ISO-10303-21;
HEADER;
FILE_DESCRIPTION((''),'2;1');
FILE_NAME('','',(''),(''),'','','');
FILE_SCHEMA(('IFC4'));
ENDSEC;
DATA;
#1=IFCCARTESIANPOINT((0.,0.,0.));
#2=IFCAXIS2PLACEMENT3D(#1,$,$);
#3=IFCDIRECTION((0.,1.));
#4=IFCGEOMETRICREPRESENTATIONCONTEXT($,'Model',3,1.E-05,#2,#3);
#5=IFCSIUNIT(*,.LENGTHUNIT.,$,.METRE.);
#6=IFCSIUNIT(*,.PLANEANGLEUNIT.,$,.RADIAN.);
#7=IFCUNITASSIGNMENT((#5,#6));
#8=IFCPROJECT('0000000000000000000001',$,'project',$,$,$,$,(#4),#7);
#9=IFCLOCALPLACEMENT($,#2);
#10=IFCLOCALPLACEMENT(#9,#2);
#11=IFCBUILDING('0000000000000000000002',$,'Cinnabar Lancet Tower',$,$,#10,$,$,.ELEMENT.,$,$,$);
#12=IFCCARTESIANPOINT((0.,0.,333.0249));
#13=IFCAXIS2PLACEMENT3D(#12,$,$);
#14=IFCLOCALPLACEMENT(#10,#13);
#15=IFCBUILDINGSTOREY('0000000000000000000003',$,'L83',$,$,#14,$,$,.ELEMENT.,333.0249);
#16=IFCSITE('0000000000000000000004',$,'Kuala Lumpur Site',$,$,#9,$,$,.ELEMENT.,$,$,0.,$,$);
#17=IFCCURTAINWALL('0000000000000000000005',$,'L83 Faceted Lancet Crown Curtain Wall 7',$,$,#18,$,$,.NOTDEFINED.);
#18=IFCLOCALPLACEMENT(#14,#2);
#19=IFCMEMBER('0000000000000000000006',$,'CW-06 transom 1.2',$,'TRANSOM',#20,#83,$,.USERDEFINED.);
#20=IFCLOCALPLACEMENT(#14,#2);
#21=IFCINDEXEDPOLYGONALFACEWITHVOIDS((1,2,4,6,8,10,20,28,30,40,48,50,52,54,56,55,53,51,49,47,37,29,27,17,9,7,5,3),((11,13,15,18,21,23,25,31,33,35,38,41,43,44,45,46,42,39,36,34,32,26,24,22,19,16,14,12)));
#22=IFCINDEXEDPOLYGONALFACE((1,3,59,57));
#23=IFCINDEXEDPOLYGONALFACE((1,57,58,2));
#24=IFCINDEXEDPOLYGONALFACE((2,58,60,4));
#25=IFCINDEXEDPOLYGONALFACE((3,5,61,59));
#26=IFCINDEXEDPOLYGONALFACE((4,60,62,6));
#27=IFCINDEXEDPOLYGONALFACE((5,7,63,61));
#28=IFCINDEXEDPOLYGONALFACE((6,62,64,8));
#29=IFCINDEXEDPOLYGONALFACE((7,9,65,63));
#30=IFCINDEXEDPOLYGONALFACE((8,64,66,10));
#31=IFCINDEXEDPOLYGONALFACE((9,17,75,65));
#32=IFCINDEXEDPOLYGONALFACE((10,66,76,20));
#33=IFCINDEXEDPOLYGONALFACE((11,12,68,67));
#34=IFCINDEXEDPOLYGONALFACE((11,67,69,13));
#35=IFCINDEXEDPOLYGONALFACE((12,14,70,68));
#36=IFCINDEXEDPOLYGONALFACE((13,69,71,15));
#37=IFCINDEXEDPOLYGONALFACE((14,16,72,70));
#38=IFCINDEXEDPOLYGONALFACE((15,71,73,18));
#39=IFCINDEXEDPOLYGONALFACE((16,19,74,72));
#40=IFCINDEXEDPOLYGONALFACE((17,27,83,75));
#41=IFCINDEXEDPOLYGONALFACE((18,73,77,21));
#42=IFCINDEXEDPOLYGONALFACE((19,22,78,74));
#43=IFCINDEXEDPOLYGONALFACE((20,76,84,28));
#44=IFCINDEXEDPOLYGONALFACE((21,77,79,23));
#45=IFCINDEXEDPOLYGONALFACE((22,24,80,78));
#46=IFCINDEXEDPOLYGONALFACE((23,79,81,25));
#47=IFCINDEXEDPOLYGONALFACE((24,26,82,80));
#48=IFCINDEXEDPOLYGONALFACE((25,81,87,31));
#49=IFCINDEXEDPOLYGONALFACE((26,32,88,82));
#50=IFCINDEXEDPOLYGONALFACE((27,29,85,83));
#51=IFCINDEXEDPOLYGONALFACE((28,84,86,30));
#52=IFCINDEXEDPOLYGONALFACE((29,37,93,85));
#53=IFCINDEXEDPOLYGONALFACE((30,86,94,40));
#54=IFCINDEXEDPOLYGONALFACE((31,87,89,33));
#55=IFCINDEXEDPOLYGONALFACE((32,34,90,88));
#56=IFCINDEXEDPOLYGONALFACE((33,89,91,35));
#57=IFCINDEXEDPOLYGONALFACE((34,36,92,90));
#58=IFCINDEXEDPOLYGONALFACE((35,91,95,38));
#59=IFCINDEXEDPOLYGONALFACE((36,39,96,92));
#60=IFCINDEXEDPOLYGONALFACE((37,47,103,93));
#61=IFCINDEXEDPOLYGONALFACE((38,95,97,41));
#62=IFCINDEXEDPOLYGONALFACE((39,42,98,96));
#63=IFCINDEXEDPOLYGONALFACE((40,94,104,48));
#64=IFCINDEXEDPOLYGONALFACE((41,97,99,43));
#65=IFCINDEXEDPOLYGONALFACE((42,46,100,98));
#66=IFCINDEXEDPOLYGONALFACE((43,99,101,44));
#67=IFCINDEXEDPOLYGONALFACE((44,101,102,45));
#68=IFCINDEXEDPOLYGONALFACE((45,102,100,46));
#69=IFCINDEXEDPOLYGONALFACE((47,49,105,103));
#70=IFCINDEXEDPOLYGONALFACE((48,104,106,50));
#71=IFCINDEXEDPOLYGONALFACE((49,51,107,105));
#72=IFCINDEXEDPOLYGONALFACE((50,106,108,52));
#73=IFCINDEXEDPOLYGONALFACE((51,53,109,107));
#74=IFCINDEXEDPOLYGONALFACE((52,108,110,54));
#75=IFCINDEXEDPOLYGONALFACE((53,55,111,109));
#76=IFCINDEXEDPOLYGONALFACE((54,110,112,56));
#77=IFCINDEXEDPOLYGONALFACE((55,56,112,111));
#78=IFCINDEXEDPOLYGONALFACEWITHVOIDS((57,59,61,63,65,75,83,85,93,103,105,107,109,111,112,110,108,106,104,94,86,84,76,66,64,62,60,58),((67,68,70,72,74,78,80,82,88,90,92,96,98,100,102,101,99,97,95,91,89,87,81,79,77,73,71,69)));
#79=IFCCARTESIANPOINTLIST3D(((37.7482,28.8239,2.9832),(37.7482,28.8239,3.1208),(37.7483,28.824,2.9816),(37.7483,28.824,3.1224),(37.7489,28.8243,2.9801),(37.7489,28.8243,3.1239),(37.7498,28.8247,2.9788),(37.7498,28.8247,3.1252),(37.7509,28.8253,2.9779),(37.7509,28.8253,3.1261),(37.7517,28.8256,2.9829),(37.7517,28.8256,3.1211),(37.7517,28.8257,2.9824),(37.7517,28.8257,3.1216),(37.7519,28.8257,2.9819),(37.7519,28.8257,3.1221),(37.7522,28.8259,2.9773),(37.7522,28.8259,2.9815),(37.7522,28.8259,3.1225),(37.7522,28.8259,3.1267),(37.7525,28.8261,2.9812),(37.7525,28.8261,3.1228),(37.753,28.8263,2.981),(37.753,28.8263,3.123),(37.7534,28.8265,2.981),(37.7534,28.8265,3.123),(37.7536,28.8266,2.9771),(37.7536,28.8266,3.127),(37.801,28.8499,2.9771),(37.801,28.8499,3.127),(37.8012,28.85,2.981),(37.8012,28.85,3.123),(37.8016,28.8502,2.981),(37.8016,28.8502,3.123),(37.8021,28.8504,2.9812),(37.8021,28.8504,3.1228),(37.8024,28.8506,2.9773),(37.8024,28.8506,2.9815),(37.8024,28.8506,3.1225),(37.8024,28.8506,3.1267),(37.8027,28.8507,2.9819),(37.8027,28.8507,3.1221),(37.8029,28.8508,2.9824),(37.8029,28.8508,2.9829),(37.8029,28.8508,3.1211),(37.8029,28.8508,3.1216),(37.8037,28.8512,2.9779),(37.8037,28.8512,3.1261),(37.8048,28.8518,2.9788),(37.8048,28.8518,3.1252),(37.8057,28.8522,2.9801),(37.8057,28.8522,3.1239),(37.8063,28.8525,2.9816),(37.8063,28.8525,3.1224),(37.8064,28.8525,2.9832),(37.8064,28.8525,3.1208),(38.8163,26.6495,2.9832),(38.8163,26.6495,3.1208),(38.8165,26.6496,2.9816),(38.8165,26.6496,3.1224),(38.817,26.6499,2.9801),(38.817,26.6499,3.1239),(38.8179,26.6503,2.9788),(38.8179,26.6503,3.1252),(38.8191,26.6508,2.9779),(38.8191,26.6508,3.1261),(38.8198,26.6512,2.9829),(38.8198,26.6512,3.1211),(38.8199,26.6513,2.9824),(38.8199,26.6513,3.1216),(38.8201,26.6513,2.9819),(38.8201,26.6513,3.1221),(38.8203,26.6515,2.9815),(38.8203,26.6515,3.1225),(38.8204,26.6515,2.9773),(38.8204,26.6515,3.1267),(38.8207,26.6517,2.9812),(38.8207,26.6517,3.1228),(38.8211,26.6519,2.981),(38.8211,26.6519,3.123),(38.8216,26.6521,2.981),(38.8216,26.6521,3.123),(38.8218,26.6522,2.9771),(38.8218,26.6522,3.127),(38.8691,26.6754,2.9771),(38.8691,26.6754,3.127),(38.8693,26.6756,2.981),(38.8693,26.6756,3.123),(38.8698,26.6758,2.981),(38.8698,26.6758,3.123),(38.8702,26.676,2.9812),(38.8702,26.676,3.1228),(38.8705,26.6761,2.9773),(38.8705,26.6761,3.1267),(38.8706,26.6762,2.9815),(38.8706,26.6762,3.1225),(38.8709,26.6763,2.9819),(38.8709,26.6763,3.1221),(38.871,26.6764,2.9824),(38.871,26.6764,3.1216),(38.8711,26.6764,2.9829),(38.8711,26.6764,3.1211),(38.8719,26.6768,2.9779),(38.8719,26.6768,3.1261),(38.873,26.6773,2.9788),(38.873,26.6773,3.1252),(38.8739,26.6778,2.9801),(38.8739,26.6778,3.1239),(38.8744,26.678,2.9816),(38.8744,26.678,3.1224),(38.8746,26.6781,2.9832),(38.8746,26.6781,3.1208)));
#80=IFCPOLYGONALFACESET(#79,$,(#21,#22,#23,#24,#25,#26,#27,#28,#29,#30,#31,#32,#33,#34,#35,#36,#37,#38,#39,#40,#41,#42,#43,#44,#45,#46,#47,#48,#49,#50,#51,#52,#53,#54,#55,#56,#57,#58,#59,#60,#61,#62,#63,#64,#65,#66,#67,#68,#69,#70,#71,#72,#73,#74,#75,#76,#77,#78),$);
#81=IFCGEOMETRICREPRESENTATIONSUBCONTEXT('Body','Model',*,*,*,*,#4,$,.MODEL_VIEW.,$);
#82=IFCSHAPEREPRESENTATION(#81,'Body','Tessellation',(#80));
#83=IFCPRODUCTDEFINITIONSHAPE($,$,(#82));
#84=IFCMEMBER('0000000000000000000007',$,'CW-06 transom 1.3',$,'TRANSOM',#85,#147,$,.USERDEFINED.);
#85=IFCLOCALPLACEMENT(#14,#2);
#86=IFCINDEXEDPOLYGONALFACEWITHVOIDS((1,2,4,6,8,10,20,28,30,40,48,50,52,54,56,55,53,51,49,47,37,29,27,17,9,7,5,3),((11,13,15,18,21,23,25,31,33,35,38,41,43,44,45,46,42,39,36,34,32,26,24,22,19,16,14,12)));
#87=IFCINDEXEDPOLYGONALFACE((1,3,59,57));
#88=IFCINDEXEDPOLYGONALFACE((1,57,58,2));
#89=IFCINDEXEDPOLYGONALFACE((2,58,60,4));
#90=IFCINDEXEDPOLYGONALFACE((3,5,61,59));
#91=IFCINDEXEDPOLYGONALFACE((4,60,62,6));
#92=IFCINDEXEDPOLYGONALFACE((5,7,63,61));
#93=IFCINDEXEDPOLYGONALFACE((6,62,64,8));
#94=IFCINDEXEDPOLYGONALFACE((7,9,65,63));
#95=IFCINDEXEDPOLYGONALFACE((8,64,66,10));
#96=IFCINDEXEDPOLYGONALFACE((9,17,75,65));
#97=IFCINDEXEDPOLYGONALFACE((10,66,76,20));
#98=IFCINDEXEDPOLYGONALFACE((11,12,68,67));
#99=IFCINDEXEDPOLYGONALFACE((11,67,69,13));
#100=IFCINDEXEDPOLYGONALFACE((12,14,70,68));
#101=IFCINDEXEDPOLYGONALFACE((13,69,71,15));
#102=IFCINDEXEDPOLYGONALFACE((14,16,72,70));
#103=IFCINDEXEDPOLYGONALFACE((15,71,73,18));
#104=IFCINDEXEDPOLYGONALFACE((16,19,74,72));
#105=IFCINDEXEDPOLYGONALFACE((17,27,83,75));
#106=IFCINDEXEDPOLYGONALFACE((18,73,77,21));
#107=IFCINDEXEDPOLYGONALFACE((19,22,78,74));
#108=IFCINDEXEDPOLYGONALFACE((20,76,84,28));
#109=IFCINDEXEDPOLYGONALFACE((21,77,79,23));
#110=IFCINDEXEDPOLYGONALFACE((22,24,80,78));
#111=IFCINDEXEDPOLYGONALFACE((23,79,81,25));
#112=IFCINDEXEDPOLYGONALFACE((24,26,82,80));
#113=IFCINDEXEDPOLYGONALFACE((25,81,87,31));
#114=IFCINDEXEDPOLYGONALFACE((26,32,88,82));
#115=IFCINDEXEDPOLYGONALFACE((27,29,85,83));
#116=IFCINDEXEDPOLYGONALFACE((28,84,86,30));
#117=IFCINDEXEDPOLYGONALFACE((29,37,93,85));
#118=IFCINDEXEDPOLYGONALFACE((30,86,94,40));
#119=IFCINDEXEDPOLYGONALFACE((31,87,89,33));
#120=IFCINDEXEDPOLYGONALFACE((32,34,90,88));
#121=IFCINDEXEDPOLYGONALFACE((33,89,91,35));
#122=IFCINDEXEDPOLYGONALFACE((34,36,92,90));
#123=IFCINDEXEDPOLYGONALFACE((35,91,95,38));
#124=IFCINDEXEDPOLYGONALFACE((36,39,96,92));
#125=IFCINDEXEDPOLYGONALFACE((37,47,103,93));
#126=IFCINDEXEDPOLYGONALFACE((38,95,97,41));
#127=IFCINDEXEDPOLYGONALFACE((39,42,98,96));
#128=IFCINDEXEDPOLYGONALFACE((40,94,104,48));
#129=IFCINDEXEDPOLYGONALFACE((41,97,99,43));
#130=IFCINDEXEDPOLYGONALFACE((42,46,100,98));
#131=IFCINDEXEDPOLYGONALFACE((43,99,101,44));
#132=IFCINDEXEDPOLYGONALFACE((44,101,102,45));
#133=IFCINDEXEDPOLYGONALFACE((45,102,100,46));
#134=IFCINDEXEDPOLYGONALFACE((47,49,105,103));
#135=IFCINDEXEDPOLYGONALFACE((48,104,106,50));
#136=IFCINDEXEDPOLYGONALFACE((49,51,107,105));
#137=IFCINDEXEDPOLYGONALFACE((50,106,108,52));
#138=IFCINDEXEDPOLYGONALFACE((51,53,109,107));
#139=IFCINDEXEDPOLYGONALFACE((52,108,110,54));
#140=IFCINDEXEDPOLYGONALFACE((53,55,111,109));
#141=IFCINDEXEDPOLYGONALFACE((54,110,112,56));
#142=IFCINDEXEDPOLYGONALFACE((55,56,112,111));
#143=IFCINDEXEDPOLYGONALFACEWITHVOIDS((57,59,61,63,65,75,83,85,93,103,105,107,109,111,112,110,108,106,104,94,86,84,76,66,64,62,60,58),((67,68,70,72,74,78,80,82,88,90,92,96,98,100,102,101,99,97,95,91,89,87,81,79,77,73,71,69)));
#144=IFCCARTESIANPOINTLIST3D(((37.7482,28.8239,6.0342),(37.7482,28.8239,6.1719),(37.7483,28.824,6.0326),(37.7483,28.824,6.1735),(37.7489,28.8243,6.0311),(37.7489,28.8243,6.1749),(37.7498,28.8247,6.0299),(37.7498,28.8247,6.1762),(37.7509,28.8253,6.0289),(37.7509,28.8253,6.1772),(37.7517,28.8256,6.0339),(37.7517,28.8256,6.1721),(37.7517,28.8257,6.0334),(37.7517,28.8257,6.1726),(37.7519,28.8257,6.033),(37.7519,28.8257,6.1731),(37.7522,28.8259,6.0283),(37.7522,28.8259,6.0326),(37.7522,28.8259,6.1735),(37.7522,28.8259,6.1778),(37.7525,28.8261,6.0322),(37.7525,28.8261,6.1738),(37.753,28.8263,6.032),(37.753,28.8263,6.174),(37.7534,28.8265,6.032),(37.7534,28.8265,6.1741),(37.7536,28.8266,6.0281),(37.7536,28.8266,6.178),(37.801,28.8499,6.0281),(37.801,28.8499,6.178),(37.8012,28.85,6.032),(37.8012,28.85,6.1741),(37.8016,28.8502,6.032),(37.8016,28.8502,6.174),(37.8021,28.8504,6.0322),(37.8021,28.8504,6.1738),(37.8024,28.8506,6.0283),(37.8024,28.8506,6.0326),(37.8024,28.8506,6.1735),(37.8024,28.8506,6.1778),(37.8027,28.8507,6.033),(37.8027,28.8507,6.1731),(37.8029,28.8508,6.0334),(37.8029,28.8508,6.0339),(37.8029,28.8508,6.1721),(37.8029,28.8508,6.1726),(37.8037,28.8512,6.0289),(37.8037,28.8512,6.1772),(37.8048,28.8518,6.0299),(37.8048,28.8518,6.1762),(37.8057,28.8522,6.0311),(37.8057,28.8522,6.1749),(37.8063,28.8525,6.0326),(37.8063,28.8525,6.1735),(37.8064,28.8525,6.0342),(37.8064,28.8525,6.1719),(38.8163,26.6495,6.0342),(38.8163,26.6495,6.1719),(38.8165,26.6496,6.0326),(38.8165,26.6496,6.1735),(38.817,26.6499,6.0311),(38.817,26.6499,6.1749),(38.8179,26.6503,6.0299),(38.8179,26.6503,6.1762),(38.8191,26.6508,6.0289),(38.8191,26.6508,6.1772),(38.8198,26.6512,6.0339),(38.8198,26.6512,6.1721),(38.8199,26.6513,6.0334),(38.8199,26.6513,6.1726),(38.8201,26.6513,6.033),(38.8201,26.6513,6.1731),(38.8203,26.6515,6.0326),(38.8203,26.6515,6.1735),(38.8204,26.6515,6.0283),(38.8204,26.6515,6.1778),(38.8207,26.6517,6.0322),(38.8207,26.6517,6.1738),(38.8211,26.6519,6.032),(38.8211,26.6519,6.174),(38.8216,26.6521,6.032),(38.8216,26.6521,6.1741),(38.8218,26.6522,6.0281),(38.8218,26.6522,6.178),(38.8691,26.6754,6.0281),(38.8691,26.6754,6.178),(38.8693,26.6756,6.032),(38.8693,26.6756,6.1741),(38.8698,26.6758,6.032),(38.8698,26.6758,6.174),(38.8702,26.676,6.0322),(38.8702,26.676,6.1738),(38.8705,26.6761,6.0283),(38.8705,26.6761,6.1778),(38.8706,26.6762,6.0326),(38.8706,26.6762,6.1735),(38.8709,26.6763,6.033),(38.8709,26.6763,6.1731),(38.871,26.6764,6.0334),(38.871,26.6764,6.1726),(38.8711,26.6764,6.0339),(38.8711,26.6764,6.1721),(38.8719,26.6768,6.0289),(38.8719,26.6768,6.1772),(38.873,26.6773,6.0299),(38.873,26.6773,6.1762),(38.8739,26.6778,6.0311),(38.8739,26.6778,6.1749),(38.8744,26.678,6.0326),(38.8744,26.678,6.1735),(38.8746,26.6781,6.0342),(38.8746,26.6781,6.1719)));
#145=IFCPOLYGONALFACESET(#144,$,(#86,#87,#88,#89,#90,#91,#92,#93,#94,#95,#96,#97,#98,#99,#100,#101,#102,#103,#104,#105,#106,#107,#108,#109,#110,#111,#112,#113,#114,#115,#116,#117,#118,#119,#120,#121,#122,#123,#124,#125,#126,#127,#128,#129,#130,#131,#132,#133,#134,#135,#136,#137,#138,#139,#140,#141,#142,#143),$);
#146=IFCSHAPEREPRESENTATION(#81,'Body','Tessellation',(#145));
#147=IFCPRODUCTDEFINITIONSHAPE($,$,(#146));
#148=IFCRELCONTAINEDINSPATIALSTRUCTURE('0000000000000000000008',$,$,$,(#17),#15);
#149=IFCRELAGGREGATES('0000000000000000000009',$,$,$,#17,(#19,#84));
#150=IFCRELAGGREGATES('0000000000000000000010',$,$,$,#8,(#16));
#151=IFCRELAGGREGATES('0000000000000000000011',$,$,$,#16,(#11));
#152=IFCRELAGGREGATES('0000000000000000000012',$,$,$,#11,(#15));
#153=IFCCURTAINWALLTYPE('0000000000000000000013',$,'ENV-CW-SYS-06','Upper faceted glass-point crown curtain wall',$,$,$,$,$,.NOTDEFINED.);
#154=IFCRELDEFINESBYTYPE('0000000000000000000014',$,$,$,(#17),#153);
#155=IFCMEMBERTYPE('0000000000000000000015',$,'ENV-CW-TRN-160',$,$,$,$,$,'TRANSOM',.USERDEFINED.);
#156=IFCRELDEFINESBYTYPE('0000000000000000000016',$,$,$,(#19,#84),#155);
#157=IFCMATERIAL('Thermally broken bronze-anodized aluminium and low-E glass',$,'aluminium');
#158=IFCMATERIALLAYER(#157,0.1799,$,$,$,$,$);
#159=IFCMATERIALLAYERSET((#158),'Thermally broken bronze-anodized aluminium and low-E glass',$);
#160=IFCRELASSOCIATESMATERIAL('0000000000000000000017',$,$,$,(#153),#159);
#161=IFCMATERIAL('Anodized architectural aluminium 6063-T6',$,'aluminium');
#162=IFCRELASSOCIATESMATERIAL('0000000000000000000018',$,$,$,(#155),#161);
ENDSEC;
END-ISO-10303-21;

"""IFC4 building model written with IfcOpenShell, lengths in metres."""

from ifc_helpers import new_model, si_unit, direction, frame, origin, origin_2d, place, context, subcontext, project, spatial, hollow_rectangle, extrude, material, layer, layer_set, material_profile, profile_set, type_object, element, aggregate, save


model = new_model("IFC4")

# Units and contexts
model_context = context("Model", 3, precision=1e-05, world=origin(), true_north=direction((0.0, 1.0)))
body_context = subcontext(model_context, "Body", "Model", "MODEL_VIEW")
ifc_project = project(units=[si_unit("LENGTHUNIT", "METRE"), si_unit("PLANEANGLEUNIT", "RADIAN")], contexts=[model_context])

# Site, building, storey
site_placement = place(None, origin())
site = spatial("IfcSite", under=ifc_project, at=site_placement, Name="Kuala Lumpur Site", CompositionType="ELEMENT", RefElevation=0.0)
building_placement = place(site_placement, origin())
building = spatial("IfcBuilding", under=site, at=building_placement, Name="Cinnabar Lancet Tower", CompositionType="ELEMENT")
storey_placement = place(building_placement, frame((0.0, 0.0, 333.0249)))
storey = spatial("IfcBuildingStorey", under=building, at=storey_placement, Name="L83", CompositionType="ELEMENT", Elevation=333.0249)

# Curtain wall
ifc_material_1 = material(Name="Thermally broken bronze-anodized aluminium and low-E glass", Category="aluminium")
ifc_layer_1 = layer(ifc_material_1, 0.1799)
ifc_layer_set_1 = layer_set([ifc_layer_1], Name="Thermally broken bronze-anodized aluminium and low-E glass")
curtain_wall_type = type_object("IfcCurtainWallType", Name="ENV-CW-SYS-06", Description="Upper faceted glass-point crown curtain wall", PredefinedType="NOTDEFINED", material=ifc_layer_set_1)
curtain_wall_1_placement = place(storey_placement, origin())
curtain_wall_1 = element("IfcCurtainWall", 1, at=curtain_wall_1_placement, inside=storey, type_object=curtain_wall_type, Name="L83 Faceted Lancet Crown Curtain Wall 7", PredefinedType="NOTDEFINED")

# Members
ifc_material_2 = material(Name="Anodized architectural aluminium 6063-T6", Category="aluminium")
ifc_material_profile_1 = material_profile(ifc_material_2, hollow_rectangle(XDim=0.0649, YDim=0.1499, WallThickness=0.0039, InnerFilletRadius=0.002, OuterFilletRadius=0.0061, at=origin_2d()), Name="CW-TRN 150x65x4")
ifc_profile_set_1 = profile_set([ifc_material_profile_1], Name="Anodized architectural aluminium 6063-T6")
member_type_1 = type_object("IfcMemberType", Name="ENV-CW-TRN-160", ElementType="TRANSOM", PredefinedType="USERDEFINED", material=ifc_profile_set_1)
member_1_placement = place(storey_placement, frame((38.8455, 26.6638, 3.052), z_axis=(-0.440914, 0.897549, 0.0), x_axis=(-0.897549, -0.440914, 0.0)))
member_1 = element("IfcMember", 2, at=member_1_placement, type_object=member_type_1, Name="CW-06 transom 1.2", ObjectType="TRANSOM", PredefinedType="USERDEFINED", context=body_context, shape_type="SweptSolid", body=[
    extrude(hollow_rectangle(XDim=0.0649, YDim=0.1499, WallThickness=0.0039, InnerFilletRadius=0.002, OuterFilletRadius=0.0061, at=origin_2d()), origin(), (0.0, 0.0, 1.0), 2.4226),
])
member_2_placement = place(storey_placement, frame((38.8455, 26.6638, 6.103), z_axis=(-0.440914, 0.897549, 0.0), x_axis=(-0.897549, -0.440914, 0.0)))
member_2 = element("IfcMember", 3, at=member_2_placement, type_object=member_type_1, Name="CW-06 transom 1.3", ObjectType="TRANSOM", PredefinedType="USERDEFINED", context=body_context, shape_type="SweptSolid", body=[
    extrude(hollow_rectangle(XDim=0.0649, YDim=0.1499, WallThickness=0.0039, InnerFilletRadius=0.002, OuterFilletRadius=0.0061, at=origin_2d()), origin(), (0.0, 0.0, 1.0), 2.4226),
])

aggregate(curtain_wall_1, [member_1, member_2])

save(model, "model.ifc")
